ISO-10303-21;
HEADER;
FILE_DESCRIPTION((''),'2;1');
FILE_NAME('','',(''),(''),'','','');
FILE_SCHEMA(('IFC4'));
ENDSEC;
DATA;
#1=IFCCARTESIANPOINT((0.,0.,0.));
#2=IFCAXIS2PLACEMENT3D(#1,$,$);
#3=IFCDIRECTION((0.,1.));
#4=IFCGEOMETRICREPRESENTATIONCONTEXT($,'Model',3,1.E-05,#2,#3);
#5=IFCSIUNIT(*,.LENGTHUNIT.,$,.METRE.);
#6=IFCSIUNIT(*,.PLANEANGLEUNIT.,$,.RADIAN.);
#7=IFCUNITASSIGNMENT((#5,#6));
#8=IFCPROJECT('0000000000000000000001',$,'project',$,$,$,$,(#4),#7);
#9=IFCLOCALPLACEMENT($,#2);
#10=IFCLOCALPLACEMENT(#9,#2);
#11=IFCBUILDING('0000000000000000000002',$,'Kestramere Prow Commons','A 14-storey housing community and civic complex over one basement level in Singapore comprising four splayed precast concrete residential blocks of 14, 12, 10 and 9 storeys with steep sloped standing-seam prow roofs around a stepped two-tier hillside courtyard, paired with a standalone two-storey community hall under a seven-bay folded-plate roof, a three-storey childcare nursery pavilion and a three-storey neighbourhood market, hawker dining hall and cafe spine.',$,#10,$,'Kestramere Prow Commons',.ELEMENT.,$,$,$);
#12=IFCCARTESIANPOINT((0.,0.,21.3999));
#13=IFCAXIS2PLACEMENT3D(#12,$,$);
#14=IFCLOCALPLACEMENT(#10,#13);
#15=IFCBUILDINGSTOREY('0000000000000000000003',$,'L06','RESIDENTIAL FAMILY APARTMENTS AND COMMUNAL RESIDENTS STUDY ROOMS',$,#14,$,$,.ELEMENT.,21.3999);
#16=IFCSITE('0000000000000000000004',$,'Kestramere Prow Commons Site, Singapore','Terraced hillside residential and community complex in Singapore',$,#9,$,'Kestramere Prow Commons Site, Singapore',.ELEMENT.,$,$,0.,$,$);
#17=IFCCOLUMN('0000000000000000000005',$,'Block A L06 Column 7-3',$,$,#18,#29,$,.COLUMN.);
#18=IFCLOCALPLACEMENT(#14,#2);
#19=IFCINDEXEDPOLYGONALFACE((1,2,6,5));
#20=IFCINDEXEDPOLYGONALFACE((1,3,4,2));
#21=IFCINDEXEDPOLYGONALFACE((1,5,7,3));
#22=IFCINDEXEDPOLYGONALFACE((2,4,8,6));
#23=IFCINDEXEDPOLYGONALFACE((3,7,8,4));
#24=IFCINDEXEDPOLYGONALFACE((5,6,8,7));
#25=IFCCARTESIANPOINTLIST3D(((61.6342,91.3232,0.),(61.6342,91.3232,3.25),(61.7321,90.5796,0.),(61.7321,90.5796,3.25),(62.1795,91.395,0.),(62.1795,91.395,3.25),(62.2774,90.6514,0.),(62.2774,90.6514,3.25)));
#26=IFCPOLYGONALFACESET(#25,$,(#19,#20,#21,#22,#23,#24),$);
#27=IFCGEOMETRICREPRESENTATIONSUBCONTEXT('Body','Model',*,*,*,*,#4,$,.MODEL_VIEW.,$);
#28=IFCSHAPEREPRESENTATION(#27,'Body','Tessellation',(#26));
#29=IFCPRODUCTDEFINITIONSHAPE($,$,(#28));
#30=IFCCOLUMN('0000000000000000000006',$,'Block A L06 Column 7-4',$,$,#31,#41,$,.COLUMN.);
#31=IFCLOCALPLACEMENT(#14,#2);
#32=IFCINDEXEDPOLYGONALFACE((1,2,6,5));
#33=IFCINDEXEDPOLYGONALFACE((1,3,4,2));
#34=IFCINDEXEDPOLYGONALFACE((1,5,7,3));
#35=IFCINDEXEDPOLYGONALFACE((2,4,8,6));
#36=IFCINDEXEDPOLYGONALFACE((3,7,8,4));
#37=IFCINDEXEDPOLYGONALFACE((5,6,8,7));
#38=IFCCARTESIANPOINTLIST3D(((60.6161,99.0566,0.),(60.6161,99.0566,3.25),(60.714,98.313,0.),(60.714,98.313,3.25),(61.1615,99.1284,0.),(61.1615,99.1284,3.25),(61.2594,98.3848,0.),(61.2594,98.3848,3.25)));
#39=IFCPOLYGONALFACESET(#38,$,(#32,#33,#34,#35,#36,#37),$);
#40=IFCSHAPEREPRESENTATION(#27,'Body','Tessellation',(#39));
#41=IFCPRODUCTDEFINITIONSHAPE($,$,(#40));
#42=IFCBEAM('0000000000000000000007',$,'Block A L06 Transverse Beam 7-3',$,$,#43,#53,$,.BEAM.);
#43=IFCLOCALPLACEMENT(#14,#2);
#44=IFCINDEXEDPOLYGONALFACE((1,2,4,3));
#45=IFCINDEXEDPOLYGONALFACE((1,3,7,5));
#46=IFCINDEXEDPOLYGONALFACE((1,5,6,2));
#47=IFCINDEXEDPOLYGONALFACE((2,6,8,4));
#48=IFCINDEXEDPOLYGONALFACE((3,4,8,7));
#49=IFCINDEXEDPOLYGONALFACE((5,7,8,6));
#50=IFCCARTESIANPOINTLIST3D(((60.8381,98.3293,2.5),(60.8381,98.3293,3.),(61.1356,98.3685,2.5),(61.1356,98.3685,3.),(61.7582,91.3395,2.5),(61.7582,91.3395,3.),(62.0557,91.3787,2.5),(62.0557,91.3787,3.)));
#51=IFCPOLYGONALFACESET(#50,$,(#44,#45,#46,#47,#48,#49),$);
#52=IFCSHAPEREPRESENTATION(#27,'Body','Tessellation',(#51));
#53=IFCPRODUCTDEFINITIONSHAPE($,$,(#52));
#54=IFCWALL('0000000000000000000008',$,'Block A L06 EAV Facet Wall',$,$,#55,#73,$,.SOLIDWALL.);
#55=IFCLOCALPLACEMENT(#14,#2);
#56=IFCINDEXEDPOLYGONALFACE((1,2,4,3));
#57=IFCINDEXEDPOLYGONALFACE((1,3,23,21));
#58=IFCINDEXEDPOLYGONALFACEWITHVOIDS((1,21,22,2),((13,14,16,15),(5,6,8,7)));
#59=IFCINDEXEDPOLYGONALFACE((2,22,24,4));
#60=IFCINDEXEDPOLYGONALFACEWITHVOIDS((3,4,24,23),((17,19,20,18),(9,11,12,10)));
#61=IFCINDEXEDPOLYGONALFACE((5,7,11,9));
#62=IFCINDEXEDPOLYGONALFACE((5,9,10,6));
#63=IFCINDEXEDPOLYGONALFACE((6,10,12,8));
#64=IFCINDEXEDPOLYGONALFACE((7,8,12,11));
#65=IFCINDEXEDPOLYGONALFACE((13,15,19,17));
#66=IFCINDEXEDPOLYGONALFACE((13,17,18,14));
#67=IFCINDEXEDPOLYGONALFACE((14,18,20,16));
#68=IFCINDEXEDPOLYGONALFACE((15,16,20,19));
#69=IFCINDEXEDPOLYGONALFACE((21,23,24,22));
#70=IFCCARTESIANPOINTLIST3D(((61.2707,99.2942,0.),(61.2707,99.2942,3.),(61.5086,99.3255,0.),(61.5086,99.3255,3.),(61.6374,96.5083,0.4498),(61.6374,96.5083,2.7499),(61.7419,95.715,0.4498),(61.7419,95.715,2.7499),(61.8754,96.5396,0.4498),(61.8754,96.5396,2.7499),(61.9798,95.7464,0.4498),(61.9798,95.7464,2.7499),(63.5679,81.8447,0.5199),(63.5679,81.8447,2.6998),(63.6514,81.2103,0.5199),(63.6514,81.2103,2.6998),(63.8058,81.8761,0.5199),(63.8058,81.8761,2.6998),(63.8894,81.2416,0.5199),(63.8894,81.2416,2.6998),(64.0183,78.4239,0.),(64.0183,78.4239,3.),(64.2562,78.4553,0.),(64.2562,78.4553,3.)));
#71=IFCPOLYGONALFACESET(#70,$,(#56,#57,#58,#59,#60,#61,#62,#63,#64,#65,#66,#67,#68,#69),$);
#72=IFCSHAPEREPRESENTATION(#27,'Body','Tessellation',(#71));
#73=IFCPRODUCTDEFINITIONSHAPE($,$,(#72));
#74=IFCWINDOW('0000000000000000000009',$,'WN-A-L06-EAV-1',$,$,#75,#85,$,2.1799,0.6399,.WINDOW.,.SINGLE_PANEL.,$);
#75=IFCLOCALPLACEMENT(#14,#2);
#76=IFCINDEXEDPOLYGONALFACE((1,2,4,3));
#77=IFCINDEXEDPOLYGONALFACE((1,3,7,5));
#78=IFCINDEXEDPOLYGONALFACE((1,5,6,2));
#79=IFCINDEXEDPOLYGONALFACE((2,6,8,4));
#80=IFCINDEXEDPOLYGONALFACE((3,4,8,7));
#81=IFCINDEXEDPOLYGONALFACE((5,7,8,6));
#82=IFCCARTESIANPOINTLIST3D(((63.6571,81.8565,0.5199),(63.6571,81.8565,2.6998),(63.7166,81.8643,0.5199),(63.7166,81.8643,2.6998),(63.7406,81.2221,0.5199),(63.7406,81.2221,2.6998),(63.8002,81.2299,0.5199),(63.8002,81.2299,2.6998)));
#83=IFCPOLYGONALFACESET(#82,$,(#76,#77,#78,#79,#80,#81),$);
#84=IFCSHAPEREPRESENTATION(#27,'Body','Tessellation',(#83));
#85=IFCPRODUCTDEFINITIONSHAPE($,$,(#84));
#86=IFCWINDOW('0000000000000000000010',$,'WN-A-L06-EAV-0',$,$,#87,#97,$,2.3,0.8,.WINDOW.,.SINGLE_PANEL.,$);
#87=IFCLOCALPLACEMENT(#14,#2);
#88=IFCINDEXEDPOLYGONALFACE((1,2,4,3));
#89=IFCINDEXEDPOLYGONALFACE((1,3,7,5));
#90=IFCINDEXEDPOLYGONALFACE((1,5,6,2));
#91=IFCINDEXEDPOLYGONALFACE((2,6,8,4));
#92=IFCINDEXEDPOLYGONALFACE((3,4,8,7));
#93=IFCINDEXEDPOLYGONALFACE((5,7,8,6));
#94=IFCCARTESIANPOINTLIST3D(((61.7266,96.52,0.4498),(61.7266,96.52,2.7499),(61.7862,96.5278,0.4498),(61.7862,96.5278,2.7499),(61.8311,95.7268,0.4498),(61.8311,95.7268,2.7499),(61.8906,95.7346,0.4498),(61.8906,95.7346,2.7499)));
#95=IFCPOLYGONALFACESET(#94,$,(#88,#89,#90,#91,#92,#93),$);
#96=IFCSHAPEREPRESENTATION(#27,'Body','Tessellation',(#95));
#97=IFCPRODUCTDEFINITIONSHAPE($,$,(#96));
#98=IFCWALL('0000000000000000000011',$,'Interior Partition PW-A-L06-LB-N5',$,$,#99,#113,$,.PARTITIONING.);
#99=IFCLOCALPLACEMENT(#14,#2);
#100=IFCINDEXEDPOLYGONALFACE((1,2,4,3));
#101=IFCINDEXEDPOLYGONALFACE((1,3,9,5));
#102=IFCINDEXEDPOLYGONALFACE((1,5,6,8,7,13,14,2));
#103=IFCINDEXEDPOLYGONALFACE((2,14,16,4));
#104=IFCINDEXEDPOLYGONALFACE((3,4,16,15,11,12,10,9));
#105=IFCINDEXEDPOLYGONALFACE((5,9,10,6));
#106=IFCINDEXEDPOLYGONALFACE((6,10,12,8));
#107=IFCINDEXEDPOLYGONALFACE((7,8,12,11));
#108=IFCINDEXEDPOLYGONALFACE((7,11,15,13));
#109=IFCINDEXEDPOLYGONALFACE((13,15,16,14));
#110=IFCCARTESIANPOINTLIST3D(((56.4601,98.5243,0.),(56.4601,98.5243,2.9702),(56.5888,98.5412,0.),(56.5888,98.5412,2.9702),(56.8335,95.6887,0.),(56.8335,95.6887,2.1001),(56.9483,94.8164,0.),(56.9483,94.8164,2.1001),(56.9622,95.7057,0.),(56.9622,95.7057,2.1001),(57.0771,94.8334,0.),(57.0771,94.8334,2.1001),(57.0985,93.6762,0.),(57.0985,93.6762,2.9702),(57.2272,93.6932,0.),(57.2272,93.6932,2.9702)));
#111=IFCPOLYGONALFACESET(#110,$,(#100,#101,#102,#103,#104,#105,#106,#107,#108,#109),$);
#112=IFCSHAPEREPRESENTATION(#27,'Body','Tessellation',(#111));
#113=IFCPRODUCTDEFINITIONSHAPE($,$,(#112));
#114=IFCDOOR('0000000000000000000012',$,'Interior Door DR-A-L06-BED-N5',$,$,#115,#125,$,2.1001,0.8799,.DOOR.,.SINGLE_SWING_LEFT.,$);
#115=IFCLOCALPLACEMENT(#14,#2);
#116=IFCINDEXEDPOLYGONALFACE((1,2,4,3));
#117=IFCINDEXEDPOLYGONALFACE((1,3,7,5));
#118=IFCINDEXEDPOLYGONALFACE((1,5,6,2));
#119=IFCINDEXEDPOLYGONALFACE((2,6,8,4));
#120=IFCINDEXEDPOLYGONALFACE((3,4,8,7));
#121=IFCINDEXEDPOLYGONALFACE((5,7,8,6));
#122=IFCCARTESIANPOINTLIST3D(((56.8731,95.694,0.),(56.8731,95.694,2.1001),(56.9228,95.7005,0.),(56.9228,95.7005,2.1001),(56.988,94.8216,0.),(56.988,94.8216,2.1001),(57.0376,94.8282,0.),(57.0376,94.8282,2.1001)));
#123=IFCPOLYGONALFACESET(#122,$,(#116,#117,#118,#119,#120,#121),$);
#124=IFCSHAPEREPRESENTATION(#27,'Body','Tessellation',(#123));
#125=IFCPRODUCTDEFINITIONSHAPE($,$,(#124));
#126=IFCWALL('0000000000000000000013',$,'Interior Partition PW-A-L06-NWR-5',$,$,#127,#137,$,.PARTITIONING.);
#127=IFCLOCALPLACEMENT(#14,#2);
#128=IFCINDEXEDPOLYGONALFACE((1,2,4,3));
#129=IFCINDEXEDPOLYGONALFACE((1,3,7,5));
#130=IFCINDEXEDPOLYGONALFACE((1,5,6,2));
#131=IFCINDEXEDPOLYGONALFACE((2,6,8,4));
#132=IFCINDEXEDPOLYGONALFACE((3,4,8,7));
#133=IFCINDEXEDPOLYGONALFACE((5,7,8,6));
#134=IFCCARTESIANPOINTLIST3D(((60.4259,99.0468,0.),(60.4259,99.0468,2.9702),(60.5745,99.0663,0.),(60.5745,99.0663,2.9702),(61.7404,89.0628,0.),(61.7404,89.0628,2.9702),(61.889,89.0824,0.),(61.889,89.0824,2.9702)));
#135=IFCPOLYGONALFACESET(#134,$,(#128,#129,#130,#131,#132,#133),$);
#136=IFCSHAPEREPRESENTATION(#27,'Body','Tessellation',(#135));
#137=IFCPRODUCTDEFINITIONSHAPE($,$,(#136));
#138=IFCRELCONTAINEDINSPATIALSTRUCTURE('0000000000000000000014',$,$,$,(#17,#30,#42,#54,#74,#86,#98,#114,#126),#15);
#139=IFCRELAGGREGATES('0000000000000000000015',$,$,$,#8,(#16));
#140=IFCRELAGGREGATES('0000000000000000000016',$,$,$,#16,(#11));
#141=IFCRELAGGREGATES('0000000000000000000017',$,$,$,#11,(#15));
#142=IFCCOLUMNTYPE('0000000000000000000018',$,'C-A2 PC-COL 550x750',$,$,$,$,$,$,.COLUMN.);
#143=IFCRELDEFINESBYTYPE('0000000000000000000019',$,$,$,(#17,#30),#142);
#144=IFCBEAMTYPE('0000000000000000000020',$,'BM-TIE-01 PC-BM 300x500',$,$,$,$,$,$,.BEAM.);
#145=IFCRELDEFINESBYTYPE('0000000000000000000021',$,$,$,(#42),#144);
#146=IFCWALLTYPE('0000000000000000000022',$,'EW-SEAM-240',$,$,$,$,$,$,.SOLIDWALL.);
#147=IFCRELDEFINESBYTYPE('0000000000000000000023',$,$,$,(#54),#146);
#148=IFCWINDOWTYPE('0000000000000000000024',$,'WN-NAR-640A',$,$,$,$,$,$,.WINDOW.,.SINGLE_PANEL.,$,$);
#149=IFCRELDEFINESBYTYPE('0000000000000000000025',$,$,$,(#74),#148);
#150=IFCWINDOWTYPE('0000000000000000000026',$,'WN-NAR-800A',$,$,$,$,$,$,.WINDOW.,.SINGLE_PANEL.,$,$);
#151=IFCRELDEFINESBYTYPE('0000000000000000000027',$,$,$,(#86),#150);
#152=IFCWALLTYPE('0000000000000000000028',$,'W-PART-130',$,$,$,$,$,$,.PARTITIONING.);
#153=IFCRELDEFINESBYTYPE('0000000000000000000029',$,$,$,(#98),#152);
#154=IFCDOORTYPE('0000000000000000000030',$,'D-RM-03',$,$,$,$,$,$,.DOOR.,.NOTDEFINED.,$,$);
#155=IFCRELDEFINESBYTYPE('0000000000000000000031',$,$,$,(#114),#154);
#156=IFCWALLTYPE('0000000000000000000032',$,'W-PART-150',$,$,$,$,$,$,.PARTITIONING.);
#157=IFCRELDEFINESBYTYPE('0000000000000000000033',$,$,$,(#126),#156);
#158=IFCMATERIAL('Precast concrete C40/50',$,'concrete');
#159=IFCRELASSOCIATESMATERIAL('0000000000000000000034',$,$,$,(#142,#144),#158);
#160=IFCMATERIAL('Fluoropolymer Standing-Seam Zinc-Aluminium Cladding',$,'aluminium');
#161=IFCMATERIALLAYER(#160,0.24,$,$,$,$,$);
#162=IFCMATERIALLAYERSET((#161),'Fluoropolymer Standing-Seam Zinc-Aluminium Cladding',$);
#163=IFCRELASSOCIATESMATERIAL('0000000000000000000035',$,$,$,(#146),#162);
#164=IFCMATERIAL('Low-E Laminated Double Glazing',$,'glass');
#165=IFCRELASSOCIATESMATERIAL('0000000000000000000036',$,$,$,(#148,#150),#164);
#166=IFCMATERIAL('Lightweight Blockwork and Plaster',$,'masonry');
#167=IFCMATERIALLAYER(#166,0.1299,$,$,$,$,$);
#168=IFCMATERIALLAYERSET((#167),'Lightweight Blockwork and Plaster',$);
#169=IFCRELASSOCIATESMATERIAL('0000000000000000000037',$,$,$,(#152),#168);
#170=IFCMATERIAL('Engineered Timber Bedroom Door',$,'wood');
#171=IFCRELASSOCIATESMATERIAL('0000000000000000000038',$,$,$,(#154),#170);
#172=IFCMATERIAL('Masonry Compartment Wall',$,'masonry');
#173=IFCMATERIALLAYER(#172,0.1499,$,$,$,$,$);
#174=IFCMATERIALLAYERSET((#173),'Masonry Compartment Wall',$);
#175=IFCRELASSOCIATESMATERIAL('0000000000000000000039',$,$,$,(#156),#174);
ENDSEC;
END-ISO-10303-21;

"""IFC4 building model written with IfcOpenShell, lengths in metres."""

from ifc_helpers import new_model, si_unit, direction, frame, frame_2d, origin, origin_2d, place, context, subcontext, project, spatial, rectangle, extrude, material, layer, layer_set, material_profile, profile_set, type_object, element, fill, save


model = new_model("IFC4")

# Units and contexts
model_context = context("Model", 3, precision=1e-05, world=origin(), true_north=direction((0.0, 1.0)))
body_context = subcontext(model_context, "Body", "Model", "MODEL_VIEW")
ifc_project = project(units=[si_unit("LENGTHUNIT", "METRE"), si_unit("PLANEANGLEUNIT", "RADIAN")], contexts=[model_context])

# Site, building, storey
site_placement = place(None, origin())
site = spatial("IfcSite", under=ifc_project, at=site_placement, Name="Kestramere Prow Commons Site, Singapore", Description="Terraced hillside residential and community complex in Singapore", LongName="Kestramere Prow Commons Site, Singapore", CompositionType="ELEMENT", RefElevation=0.0)
building_placement = place(site_placement, origin())
building = spatial("IfcBuilding", under=site, at=building_placement, Name="Kestramere Prow Commons", Description="A 14-storey housing community and civic complex over one basement level in Singapore comprising four splayed precast concrete residential blocks of 14, 12, 10 and 9 storeys with steep sloped standing-seam prow roofs around a stepped two-tier hillside courtyard, paired with a standalone two-storey community hall under a seven-bay folded-plate roof, a three-storey childcare nursery pavilion and a three-storey neighbourhood market, hawker dining hall and cafe spine.", LongName="Kestramere Prow Commons", CompositionType="ELEMENT")
storey_placement = place(building_placement, frame((0.0, 0.0, 21.3999)))
storey = spatial("IfcBuildingStorey", under=building, at=storey_placement, Name="L06", Description="RESIDENTIAL FAMILY APARTMENTS AND COMMUNAL RESIDENTS STUDY ROOMS", CompositionType="ELEMENT", Elevation=21.3999)

# Columns
ifc_material_1 = material(Name="Precast concrete C40/50", Category="concrete")
ifc_material_profile_1 = material_profile(ifc_material_1, rectangle(XDim=0.55, YDim=0.75, at=origin_2d()), Name="PC-COL 550x750")
ifc_profile_set_1 = profile_set([ifc_material_profile_1], Name="Precast concrete C40/50")
column_type = type_object("IfcColumnType", Name="C-A2 PC-COL 550x750", PredefinedType="COLUMN", material=ifc_profile_set_1)
for number, where, z_axis, x_axis, name in (
    (1, (61.9558, 90.9873, 0.0), (0.0, 0.0, 1.0), (0.991445, 0.130526, 0.0), "Block A L06 Column 7-3"),
    (2, (60.9377, 98.7207, 0.0), (0.0, 0.0, 1.0), (0.991445, 0.130526, 0.0), "Block A L06 Column 7-4"),
):
    element("IfcColumn", number, at=place(storey_placement, frame(where, z_axis=z_axis, x_axis=x_axis)), inside=storey, type_object=column_type, Name=name, PredefinedType="COLUMN", context=body_context, shape_type="SweptSolid", body=[
        extrude(rectangle(XDim=0.55, YDim=0.75, at=origin_2d()), origin(), (0.0, 0.0, 1.0), 3.25),
    ])

# Beam
ifc_material_profile_2 = material_profile(ifc_material_1, rectangle(XDim=0.3, YDim=0.5, at=origin_2d()), Name="PC-BM 300x500")
ifc_profile_set_2 = profile_set([ifc_material_profile_2], Name="Precast concrete C40/50")
beam_type = type_object("IfcBeamType", Name="BM-TIE-01 PC-BM 300x500", PredefinedType="BEAM", material=ifc_profile_set_2)
beam_placement = place(storey_placement, frame((61.907, 91.3591, 2.75), z_axis=(-0.130519, 0.991446, 0.0), x_axis=(-0.991446, -0.130519, 0.0)))
element("IfcBeam", 3, at=beam_placement, inside=storey, type_object=beam_type, Name="Block A L06 Transverse Beam 7-3", PredefinedType="BEAM", context=body_context, shape_type="SweptSolid", body=[
    extrude(rectangle(XDim=0.3, YDim=0.5, at=origin_2d()), origin(), (0.0, 0.0, 1.0), 7.05),
])

# Wall, openings, windows
ifc_material_2 = material(Name="Fluoropolymer Standing-Seam Zinc-Aluminium Cladding", Category="aluminium")
ifc_layer_1 = layer(ifc_material_2, 0.24)
ifc_layer_set_1 = layer_set([ifc_layer_1], Name="Fluoropolymer Standing-Seam Zinc-Aluminium Cladding")
wall_type_1 = type_object("IfcWallType", Name="EW-SEAM-240", PredefinedType="SOLIDWALL", material=ifc_layer_set_1)
wall_1_placement = place(storey_placement, frame((61.3896, 99.3098, 0.0), z_axis=(0.0, 0.0, 1.0), x_axis=(0.130524, -0.991445, 0.0)))
wall_1 = element("IfcWall", 4, at=wall_1_placement, inside=storey, type_object=wall_type_1, Name="Block A L06 EAV Facet Wall", PredefinedType="SOLIDWALL", context=body_context, shape_type="SweptSolid", body=[
    extrude(rectangle(XDim=21.0503, YDim=0.24, at=frame_2d((10.5251, 0.0))), origin(), (0.0, 0.0, 1.0), 3.0),
])
opening_1_placement = place(wall_1_placement, frame((2.8101, 0.0, 0.45)))
opening_1 = element("IfcOpeningElement", 5, at=opening_1_placement, cuts=wall_1, PredefinedType="OPENING", context=body_context, shape_type="SweptSolid", body=[
    extrude(rectangle(XDim=0.8, YDim=2.3, at=frame_2d((0.3999, 1.1499))), frame((0.0, 0.135, 0.0), z_axis=(0.0, -1.0, 0.0), x_axis=(1.0, 0.0, 0.0)), (0.0, 0.0, 1.0), 0.27),
])
opening_2_placement = place(wall_1_placement, frame((17.6001, 0.0, 0.52)))
opening_2 = element("IfcOpeningElement", 6, at=opening_2_placement, cuts=wall_1, PredefinedType="OPENING", context=body_context, shape_type="SweptSolid", body=[
    extrude(rectangle(XDim=0.6399, YDim=2.1799, at=frame_2d((0.3198, 1.0898))), frame((0.0, 0.135, 0.0), z_axis=(0.0, -1.0, 0.0), x_axis=(1.0, 0.0, 0.0)), (0.0, 0.0, 1.0), 0.27),
])
ifc_material_3 = material(Name="Low-E Laminated Double Glazing", Category="glass")
window_type_1 = type_object("IfcWindowType", Name="WN-NAR-640A", PartitioningType="SINGLE_PANEL", PredefinedType="WINDOW", material=ifc_material_3)
window_1_placement = place(opening_2_placement, origin())
window_1 = element("IfcWindow", 7, at=window_1_placement, inside=storey, type_object=window_type_1, Name="WN-A-L06-EAV-1", OverallHeight=2.1799, OverallWidth=0.6399, PartitioningType="SINGLE_PANEL", PredefinedType="WINDOW", context=body_context, shape_type="SweptSolid", body=[
    extrude(rectangle(XDim=0.6399, YDim=2.1799, at=frame_2d((0.3198, 1.0898))), frame((0.0, 0.03, 0.0), z_axis=(0.0, -1.0, 0.0), x_axis=(1.0, 0.0, 0.0)), (0.0, 0.0, 1.0), 0.0601),
])
fill(opening_2, window_1)
window_type_2 = type_object("IfcWindowType", Name="WN-NAR-800A", PartitioningType="SINGLE_PANEL", PredefinedType="WINDOW", material=ifc_material_3)
window_2_placement = place(opening_1_placement, origin())
window_2 = element("IfcWindow", 8, at=window_2_placement, inside=storey, type_object=window_type_2, Name="WN-A-L06-EAV-0", OverallHeight=2.3, OverallWidth=0.8, PartitioningType="SINGLE_PANEL", PredefinedType="WINDOW", context=body_context, shape_type="SweptSolid", body=[
    extrude(rectangle(XDim=0.8, YDim=2.3, at=frame_2d((0.3999, 1.1499))), frame((0.0, 0.03, 0.0), z_axis=(0.0, -1.0, 0.0), x_axis=(1.0, 0.0, 0.0)), (0.0, 0.0, 1.0), 0.0601),
])
fill(opening_1, window_2)

# Wall, opening, door
ifc_material_4 = material(Name="Lightweight Blockwork and Plaster", Category="masonry")
ifc_layer_2 = layer(ifc_material_4, 0.1299)
ifc_layer_set_2 = layer_set([ifc_layer_2], Name="Lightweight Blockwork and Plaster")
wall_type_2 = type_object("IfcWallType", Name="W-PART-130", PredefinedType="PARTITIONING", material=ifc_layer_set_2)
wall_2_placement = place(storey_placement, frame((57.1628, 93.6848, 0.0), z_axis=(0.0, 0.0, 1.0), x_axis=(-0.130558, 0.991441, 0.0)))
wall_2 = element("IfcWall", 9, at=wall_2_placement, inside=storey, type_object=wall_type_2, Name="Interior Partition PW-A-L06-LB-N5", PredefinedType="PARTITIONING", context=body_context, shape_type="SweptSolid", body=[
    extrude(rectangle(XDim=4.8899, YDim=0.1299, at=frame_2d((2.4448, 0.0))), origin(), (0.0, 0.0, 1.0), 2.9702),
])
opening_3_placement = place(wall_2_placement, frame((1.1499, 0.0, 0.0)))
opening_3 = element("IfcOpeningElement", 10, at=opening_3_placement, cuts=wall_2, PredefinedType="OPENING", context=body_context, shape_type="SweptSolid", body=[
    extrude(rectangle(XDim=0.8799, YDim=2.1001, at=frame_2d((0.4399, 1.05))), frame((0.0, 0.0798, 0.0), z_axis=(0.0, -1.0, 0.0), x_axis=(1.0, 0.0, 0.0)), (0.0, 0.0, 1.0), 0.1599),
])
ifc_material_5 = material(Name="Engineered Timber Bedroom Door", Category="wood")
door_type_1 = type_object("IfcDoorType", Name="D-RM-03", OperationType="NOTDEFINED", PredefinedType="DOOR", material=ifc_material_5)
door_1_placement = place(opening_3_placement, origin())
door_1 = element("IfcDoor", 11, at=door_1_placement, inside=storey, type_object=door_type_1, Name="Interior Door DR-A-L06-BED-N5", OperationType="SINGLE_SWING_LEFT", OverallHeight=2.1001, OverallWidth=0.8799, PredefinedType="DOOR", context=body_context, shape_type="SweptSolid", body=[
    extrude(rectangle(XDim=0.8799, YDim=2.1001, at=frame_2d((0.4399, 1.05))), frame((0.0, 0.0249, 0.0), z_axis=(0.0, -1.0, 0.0), x_axis=(1.0, 0.0, 0.0)), (0.0, 0.0, 1.0), 0.05),
])
fill(opening_3, door_1)

# Wall
ifc_material_6 = material(Name="Masonry Compartment Wall", Category="masonry")
ifc_layer_3 = layer(ifc_material_6, 0.1499)
ifc_layer_set_3 = layer_set([ifc_layer_3], Name="Masonry Compartment Wall")
wall_type_3 = type_object("IfcWallType", Name="W-PART-150", PredefinedType="PARTITIONING", material=ifc_layer_set_3)
wall_3_placement = place(storey_placement, frame((61.8147, 89.0725, 0.0), z_axis=(0.0, 0.0, 1.0), x_axis=(-0.130531, 0.991444, 0.0)))
element("IfcWall", 12, at=wall_3_placement, inside=storey, type_object=wall_type_3, Name="Interior Partition PW-A-L06-NWR-5", PredefinedType="PARTITIONING", context=body_context, shape_type="SweptSolid", body=[
    extrude(rectangle(XDim=10.0701, YDim=0.1499, at=frame_2d((5.0352, 0.0))), origin(), (0.0, 0.0, 1.0), 2.9702),
])

save(model, "model.ifc")
